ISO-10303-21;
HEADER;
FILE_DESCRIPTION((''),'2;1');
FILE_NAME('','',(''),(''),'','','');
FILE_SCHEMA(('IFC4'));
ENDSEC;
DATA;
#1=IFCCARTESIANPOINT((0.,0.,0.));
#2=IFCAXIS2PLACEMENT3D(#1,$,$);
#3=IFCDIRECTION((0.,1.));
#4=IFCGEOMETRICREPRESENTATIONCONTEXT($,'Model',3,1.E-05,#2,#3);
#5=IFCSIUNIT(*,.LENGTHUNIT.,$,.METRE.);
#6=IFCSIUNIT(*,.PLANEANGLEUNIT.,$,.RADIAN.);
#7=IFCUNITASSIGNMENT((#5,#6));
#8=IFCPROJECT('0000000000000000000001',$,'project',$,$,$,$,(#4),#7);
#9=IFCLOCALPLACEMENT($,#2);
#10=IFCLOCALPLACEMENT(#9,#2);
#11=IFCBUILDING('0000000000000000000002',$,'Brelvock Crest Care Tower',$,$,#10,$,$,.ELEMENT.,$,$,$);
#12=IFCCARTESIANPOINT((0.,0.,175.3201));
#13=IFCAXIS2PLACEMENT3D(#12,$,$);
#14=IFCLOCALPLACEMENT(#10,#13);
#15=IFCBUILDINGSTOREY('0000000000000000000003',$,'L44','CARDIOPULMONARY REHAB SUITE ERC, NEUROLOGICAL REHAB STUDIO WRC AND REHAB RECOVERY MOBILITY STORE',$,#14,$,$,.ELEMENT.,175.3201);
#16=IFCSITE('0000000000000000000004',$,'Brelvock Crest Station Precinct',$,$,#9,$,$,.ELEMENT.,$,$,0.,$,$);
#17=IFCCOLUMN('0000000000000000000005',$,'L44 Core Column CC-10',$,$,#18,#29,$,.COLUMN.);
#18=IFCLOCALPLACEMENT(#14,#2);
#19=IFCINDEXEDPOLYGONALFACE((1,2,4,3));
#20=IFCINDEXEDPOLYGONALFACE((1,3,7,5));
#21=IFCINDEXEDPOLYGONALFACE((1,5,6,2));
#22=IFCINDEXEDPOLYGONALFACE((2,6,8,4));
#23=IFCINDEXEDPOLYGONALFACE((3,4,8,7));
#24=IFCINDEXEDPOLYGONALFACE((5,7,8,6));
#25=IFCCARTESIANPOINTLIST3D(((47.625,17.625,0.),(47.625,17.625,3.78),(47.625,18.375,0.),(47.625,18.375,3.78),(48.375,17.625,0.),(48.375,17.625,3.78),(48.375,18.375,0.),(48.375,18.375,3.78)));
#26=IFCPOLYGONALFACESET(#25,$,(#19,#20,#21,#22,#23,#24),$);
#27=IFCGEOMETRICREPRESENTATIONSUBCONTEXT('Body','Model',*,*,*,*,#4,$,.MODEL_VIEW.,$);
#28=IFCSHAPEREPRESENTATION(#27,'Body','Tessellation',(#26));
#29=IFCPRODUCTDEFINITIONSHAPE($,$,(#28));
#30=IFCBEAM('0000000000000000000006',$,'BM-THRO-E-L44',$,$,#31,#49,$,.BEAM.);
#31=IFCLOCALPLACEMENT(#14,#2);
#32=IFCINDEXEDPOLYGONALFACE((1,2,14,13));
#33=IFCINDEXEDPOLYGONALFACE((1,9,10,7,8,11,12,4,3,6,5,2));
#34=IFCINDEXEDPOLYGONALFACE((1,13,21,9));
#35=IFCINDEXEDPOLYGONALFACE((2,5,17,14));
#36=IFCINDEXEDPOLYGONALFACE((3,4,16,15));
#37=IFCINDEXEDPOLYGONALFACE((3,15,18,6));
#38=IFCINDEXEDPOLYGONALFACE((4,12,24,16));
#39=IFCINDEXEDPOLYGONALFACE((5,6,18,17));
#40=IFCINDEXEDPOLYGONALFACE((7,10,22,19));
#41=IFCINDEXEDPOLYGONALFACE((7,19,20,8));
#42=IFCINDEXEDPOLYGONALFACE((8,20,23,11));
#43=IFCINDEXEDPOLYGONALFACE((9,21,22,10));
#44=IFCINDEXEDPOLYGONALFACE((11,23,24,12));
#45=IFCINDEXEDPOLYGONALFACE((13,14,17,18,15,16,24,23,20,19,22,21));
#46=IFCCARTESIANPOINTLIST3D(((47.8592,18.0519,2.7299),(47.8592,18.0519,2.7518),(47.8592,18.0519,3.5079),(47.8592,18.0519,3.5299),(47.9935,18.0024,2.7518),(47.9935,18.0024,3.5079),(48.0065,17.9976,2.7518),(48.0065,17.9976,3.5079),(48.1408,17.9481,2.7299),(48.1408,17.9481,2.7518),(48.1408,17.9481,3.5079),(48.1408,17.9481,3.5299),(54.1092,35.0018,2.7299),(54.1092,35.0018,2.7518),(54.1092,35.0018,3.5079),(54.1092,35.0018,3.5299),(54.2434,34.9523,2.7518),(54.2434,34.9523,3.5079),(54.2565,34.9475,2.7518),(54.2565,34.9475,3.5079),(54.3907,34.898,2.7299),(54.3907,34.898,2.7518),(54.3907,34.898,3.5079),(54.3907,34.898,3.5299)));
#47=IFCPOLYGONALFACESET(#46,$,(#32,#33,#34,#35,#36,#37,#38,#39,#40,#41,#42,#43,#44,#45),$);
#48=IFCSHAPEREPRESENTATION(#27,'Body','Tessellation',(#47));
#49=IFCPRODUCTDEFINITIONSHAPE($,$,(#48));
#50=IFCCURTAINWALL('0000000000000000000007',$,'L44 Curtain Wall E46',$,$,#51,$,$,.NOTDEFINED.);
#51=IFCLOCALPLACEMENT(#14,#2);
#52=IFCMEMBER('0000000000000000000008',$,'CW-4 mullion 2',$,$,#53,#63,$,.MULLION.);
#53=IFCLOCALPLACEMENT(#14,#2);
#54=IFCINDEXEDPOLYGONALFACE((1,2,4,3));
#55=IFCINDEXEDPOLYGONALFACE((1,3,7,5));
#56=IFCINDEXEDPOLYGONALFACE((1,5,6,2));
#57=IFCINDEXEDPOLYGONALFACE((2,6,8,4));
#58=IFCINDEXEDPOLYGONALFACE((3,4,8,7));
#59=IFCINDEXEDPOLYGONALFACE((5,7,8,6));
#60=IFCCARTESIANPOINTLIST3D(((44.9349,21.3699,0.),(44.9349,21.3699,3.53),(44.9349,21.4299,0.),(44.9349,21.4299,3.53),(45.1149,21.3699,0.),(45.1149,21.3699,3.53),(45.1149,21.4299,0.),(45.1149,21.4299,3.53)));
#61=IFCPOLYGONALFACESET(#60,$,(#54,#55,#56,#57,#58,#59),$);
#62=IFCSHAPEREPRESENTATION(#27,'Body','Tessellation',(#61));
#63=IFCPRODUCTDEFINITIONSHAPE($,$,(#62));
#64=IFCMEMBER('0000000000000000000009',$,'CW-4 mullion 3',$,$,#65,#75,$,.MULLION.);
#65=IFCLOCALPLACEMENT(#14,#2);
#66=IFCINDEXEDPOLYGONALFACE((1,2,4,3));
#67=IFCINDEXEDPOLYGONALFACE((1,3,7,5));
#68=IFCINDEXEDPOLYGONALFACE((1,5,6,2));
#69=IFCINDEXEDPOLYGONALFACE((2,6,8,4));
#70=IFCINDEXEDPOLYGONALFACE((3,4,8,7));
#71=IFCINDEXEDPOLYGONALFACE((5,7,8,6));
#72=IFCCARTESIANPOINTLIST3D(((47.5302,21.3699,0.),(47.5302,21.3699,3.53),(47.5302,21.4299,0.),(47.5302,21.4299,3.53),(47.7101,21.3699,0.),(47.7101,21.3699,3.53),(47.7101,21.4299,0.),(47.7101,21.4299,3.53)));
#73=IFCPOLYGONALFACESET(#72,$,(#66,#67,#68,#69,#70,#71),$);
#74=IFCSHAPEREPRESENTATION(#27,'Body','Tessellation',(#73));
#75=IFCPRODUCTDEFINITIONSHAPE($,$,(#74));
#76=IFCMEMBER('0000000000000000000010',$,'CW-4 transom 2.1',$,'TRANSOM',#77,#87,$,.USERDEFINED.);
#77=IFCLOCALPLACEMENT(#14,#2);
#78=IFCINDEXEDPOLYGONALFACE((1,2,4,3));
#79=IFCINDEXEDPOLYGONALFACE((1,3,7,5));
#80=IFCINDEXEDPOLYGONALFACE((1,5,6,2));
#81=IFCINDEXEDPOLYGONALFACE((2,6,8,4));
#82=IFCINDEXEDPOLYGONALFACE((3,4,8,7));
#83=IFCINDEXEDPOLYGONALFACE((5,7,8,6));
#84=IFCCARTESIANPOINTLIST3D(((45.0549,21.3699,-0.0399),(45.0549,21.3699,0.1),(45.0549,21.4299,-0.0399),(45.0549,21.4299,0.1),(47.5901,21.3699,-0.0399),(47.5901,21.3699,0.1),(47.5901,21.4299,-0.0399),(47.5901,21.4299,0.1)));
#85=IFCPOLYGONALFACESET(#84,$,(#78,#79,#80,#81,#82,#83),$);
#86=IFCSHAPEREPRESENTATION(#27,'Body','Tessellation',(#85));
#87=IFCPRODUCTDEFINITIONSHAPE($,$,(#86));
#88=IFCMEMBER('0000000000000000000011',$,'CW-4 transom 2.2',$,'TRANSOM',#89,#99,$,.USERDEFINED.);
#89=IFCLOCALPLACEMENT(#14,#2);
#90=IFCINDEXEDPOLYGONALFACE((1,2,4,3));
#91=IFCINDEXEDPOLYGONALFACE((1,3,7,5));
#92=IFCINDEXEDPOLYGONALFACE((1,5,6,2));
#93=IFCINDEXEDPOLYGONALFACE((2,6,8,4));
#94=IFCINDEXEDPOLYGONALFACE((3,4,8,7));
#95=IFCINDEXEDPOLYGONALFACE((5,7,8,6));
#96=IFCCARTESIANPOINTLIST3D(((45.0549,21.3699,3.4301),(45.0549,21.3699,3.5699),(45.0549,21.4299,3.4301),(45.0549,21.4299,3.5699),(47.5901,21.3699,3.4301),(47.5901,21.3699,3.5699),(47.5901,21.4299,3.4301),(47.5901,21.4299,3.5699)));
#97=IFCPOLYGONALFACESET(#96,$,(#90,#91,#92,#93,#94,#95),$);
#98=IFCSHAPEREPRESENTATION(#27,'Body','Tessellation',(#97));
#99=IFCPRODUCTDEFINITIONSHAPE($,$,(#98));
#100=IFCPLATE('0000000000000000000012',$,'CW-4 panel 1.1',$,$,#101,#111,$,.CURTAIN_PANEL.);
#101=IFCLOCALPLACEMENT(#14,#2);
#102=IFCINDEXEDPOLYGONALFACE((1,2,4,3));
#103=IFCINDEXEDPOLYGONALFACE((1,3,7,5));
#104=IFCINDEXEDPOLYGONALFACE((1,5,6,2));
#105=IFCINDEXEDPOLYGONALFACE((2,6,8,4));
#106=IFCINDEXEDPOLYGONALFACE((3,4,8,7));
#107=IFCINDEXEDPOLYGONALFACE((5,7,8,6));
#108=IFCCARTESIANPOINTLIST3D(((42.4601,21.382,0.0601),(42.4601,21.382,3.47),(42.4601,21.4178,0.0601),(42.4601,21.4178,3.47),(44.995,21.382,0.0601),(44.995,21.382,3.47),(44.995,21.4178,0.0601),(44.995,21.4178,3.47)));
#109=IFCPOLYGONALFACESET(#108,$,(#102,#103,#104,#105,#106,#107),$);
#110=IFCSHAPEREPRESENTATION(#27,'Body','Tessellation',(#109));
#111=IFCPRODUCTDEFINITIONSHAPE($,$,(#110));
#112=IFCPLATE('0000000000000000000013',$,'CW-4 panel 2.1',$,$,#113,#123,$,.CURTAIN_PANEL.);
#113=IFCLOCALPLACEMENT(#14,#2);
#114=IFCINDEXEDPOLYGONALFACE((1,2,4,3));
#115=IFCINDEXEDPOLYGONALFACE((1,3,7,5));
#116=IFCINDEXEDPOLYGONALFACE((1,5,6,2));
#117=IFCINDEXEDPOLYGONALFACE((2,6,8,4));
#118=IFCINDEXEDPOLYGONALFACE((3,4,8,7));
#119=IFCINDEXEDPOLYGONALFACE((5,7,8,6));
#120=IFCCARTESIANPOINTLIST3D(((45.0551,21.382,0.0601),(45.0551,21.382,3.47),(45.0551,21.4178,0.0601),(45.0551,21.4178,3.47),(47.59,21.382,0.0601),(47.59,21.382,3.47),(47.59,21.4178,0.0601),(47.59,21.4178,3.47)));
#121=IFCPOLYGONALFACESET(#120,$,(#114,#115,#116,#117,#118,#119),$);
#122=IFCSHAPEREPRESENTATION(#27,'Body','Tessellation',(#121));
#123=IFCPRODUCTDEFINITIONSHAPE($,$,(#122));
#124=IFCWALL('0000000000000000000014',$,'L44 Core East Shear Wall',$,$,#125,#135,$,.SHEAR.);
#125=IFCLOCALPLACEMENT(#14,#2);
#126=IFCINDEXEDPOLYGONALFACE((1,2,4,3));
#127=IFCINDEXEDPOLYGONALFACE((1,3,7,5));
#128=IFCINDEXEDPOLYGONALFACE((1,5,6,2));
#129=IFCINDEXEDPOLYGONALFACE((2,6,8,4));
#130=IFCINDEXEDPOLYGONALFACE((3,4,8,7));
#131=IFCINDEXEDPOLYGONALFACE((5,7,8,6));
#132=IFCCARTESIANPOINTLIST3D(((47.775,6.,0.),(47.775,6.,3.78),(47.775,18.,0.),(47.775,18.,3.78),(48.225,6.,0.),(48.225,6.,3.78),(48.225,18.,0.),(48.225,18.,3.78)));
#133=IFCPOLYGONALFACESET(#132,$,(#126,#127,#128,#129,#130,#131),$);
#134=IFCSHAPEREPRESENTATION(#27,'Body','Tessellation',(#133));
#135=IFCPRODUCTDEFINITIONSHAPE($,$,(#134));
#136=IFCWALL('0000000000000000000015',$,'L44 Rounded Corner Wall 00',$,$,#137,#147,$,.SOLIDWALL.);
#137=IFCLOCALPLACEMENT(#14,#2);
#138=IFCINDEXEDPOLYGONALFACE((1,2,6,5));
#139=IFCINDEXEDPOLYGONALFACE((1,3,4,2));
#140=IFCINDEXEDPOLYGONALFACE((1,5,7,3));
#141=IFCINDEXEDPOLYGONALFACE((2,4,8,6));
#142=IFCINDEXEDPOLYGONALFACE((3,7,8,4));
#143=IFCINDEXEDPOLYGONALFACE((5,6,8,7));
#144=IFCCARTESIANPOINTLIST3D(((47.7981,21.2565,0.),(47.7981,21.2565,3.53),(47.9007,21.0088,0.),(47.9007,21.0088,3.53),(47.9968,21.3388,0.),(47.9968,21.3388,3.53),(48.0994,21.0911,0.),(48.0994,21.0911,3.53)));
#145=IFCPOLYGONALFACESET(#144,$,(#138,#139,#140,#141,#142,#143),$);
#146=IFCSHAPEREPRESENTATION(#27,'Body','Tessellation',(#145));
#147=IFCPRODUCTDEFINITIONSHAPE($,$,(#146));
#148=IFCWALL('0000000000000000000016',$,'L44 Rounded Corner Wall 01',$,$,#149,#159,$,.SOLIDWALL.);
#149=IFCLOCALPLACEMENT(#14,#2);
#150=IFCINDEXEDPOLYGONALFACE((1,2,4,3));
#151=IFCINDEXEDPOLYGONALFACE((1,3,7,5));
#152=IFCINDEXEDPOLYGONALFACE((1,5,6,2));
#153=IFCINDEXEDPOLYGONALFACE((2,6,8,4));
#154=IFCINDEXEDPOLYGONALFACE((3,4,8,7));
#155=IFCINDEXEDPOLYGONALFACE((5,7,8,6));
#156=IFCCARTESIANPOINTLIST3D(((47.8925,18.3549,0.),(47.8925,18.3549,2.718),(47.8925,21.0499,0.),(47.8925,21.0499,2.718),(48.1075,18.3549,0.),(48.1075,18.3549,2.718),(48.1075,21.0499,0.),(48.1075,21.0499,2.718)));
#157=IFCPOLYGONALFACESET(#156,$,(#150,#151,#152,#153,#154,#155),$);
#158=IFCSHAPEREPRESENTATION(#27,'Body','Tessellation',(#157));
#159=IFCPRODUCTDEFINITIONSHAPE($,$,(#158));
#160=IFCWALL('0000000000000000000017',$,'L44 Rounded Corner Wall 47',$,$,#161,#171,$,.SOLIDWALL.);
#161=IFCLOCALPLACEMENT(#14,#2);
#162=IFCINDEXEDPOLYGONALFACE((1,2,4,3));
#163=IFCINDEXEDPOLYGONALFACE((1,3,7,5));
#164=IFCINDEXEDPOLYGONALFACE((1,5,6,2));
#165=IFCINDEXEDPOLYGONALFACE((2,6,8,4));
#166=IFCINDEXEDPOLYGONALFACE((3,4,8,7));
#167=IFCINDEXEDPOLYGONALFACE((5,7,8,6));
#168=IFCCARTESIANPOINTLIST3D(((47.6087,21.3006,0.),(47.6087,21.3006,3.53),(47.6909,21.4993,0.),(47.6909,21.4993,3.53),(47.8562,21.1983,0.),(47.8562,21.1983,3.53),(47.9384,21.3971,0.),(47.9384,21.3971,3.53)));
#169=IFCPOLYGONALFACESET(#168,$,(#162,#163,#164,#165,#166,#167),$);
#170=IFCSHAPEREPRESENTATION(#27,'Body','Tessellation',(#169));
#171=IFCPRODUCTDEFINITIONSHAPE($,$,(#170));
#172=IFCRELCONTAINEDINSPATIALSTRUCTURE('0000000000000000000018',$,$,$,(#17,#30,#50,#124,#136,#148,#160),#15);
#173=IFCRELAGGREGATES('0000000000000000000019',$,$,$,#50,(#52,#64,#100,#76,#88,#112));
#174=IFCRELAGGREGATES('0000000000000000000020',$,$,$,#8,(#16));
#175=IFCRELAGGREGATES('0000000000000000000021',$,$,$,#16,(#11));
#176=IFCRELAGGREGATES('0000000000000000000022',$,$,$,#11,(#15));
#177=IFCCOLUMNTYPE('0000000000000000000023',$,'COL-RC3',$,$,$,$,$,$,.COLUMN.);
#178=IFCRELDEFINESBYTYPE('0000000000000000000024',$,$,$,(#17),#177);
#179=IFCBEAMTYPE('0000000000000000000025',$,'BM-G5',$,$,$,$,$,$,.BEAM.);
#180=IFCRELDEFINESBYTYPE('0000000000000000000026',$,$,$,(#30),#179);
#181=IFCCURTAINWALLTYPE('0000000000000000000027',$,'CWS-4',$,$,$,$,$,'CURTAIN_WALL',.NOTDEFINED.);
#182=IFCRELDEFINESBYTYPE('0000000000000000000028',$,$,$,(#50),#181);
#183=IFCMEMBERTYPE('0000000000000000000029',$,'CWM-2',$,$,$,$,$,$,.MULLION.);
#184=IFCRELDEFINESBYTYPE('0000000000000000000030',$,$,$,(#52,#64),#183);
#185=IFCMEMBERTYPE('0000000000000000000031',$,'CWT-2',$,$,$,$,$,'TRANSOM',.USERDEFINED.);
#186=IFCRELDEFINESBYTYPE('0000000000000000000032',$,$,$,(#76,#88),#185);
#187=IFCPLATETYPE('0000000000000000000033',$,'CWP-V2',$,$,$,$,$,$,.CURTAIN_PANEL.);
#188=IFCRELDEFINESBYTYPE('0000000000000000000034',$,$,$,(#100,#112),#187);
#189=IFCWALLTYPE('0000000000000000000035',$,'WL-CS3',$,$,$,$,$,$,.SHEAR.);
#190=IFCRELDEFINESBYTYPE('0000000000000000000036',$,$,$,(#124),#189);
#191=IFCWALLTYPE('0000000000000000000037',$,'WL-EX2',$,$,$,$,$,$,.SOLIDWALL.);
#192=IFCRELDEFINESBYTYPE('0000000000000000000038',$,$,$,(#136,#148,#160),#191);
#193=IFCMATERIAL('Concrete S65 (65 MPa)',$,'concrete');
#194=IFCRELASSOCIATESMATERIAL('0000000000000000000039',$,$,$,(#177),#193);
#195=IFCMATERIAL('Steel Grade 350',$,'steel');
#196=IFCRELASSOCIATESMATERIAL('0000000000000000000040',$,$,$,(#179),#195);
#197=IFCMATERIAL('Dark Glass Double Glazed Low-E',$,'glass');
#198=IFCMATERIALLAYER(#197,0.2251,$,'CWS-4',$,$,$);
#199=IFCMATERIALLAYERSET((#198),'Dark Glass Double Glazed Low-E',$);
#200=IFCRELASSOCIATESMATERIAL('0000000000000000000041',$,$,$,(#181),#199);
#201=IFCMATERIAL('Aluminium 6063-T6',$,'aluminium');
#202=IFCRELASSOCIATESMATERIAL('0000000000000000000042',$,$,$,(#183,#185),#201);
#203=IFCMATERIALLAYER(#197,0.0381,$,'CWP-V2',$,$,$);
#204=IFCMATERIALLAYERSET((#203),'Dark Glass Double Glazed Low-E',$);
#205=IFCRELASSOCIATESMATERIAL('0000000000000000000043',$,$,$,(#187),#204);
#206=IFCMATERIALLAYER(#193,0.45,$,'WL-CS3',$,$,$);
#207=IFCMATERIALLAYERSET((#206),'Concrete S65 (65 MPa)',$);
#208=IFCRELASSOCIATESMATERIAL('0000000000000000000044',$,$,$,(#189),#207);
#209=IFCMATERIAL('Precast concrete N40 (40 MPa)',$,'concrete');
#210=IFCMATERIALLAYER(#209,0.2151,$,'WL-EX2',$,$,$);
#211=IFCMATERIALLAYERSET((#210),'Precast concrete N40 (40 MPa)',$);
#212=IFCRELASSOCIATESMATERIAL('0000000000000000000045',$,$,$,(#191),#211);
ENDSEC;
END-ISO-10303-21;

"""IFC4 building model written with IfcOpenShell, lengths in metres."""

from ifc_helpers import new_model, si_unit, direction, frame, frame_2d, origin, origin_2d, place, context, subcontext, project, spatial, rectangle, i_section, extrude, source, transform, mapped, material, layer, layer_set, material_profile, profile_set, type_object, element, aggregate, save


model = new_model("IFC4")

# Units and contexts
model_context = context("Model", 3, precision=1e-05, world=origin(), true_north=direction((0.0, 1.0)))
body_context = subcontext(model_context, "Body", "Model", "MODEL_VIEW")
ifc_project = project(units=[si_unit("LENGTHUNIT", "METRE"), si_unit("PLANEANGLEUNIT", "RADIAN")], contexts=[model_context])

# Site, building, storey
site_placement = place(None, origin())
site = spatial("IfcSite", under=ifc_project, at=site_placement, Name="Brelvock Crest Station Precinct", CompositionType="ELEMENT", RefElevation=0.0)
building_placement = place(site_placement, origin())
building = spatial("IfcBuilding", under=site, at=building_placement, Name="Brelvock Crest Care Tower", CompositionType="ELEMENT")
storey_placement = place(building_placement, frame((0.0, 0.0, 175.3201)))
storey = spatial("IfcBuildingStorey", under=building, at=storey_placement, Name="L44", Description="CARDIOPULMONARY REHAB SUITE ERC, NEUROLOGICAL REHAB STUDIO WRC AND REHAB RECOVERY MOBILITY STORE", CompositionType="ELEMENT", Elevation=175.3201)

# Column
ifc_material_1 = material(Name="Concrete S65 (65 MPa)", Category="concrete")
ifc_material_profile_1 = material_profile(ifc_material_1, rectangle(XDim=0.75, YDim=0.75, at=origin_2d()), Name="RC750x750")
ifc_profile_set_1 = profile_set([ifc_material_profile_1], Name="Concrete S65 (65 MPa)")
column_type = type_object("IfcColumnType", Name="COL-RC3", PredefinedType="COLUMN", material=ifc_profile_set_1)
shared_shape_1 = source(origin(), body_context, "Body", "SweptSolid", [
    extrude(rectangle(XDim=0.75, YDim=0.75, at=origin_2d()), origin(), (0.0, 0.0, 1.0), 3.78),
])
column_placement = place(storey_placement, frame((48.0, 18.0, 0.0), z_axis=(0.0, 0.0, 1.0), x_axis=(1.0, 0.0, 0.0)))
element("IfcColumn", 1, at=column_placement, inside=storey, type_object=column_type, Name="L44 Core Column CC-10", PredefinedType="COLUMN", context=body_context, shape_type="MappedRepresentation", body=[
    mapped(shared_shape_1, transform((0.0, 0.0, 0.0), x_axis=(1.0, 0.0, 0.0), y_axis=(0.0, 1.0, 0.0), z_axis=(0.0, 0.0, 1.0), scale=1.0)),
])

# Beam
ifc_material_2 = material(Name="Steel Grade 350", Category="steel")
ifc_material_profile_2 = material_profile(ifc_material_2, i_section(OverallWidth=0.3, OverallDepth=0.8, WebThickness=0.0139, FlangeThickness=0.022, at=origin_2d()), Name="800WB192")
ifc_profile_set_2 = profile_set([ifc_material_profile_2], Name="Steel Grade 350")
beam_type = type_object("IfcBeamType", Name="BM-G5", PredefinedType="BEAM", material=ifc_profile_set_2)
shared_shape_2 = source(origin(), body_context, "Body", "SweptSolid", [
    extrude(i_section(OverallWidth=0.3, OverallDepth=0.8, WebThickness=0.0139, FlangeThickness=0.022, at=origin_2d()), origin(), (0.0, 0.0, 1.0), 18.0654),
])
beam_placement = place(storey_placement, frame((48.0, 18.0, 3.1299), z_axis=(0.345963, 0.938248, 0.0), x_axis=(-0.938248, 0.345963, 0.0)))
element("IfcBeam", 2, at=beam_placement, inside=storey, type_object=beam_type, Name="BM-THRO-E-L44", PredefinedType="BEAM", context=body_context, shape_type="MappedRepresentation", body=[
    mapped(shared_shape_2, transform((0.0, 0.0, 0.0), x_axis=(1.0, 0.0, 0.0), y_axis=(0.0, 1.0, 0.0), z_axis=(0.0, 0.0, 1.0), scale=1.0)),
])

# Curtain wall, members, plates
ifc_material_3 = material(Name="Dark Glass Double Glazed Low-E", Category="glass")
ifc_layer_1 = layer(ifc_material_3, 0.2251, Name="CWS-4")
ifc_layer_set_1 = layer_set([ifc_layer_1], Name="Dark Glass Double Glazed Low-E")
curtain_wall_type = type_object("IfcCurtainWallType", Name="CWS-4", ElementType="CURTAIN_WALL", PredefinedType="NOTDEFINED", material=ifc_layer_set_1)
curtain_wall_placement = place(storey_placement, origin())
curtain_wall = element("IfcCurtainWall", 3, at=curtain_wall_placement, inside=storey, type_object=curtain_wall_type, Name="L44 Curtain Wall E46", PredefinedType="NOTDEFINED")
ifc_material_4 = material(Name="Aluminium 6063-T6", Category="aluminium")
ifc_material_profile_3 = material_profile(ifc_material_4, rectangle(XDim=0.0601, YDim=0.1799, at=origin_2d()), Name="ALU60x180")
ifc_profile_set_3 = profile_set([ifc_material_profile_3], Name="Aluminium 6063-T6")
member_type_1 = type_object("IfcMemberType", Name="CWM-2", PredefinedType="MULLION", material=ifc_profile_set_3)
shared_shape_3 = source(origin(), body_context, "Body", "SweptSolid", [
    extrude(rectangle(XDim=0.0601, YDim=0.1799, at=origin_2d()), origin(), (0.0, 0.0, 1.0), 3.53),
])
member_1_placement = place(storey_placement, frame((45.0249, 21.3999, 0.0), z_axis=(0.0, 0.0, 1.0), x_axis=(0.0, 1.0, 0.0)))
member_1 = element("IfcMember", 4, at=member_1_placement, type_object=member_type_1, Name="CW-4 mullion 2", PredefinedType="MULLION", context=body_context, shape_type="MappedRepresentation", body=[
    mapped(shared_shape_3, transform((0.0, 0.0, 0.0), x_axis=(1.0, 0.0, 0.0), y_axis=(0.0, 1.0, 0.0), z_axis=(0.0, 0.0, 1.0), scale=1.0)),
])
member_2_placement = place(storey_placement, frame((47.6201, 21.3999, 0.0), z_axis=(0.0, 0.0, 1.0), x_axis=(0.0, 1.0, 0.0)))
member_2 = element("IfcMember", 5, at=member_2_placement, type_object=member_type_1, Name="CW-4 mullion 3", PredefinedType="MULLION", context=body_context, shape_type="MappedRepresentation", body=[
    mapped(shared_shape_3, transform((0.0, 0.0, 0.0), x_axis=(1.0, 0.0, 0.0), y_axis=(0.0, 1.0, 0.0), z_axis=(0.0, 0.0, 1.0), scale=1.0)),
])
ifc_material_profile_4 = material_profile(ifc_material_4, rectangle(XDim=0.0601, YDim=0.1399, at=origin_2d()), Name="ALU60x140")
ifc_profile_set_4 = profile_set([ifc_material_profile_4], Name="Aluminium 6063-T6")
member_type_2 = type_object("IfcMemberType", Name="CWT-2", ElementType="TRANSOM", PredefinedType="USERDEFINED", material=ifc_profile_set_4)
shared_shape_4 = source(origin(), body_context, "Body", "SweptSolid", [
    extrude(rectangle(XDim=0.0601, YDim=0.1399, at=origin_2d()), origin(), (0.0, 0.0, 1.0), 2.5352),
])
member_3_placement = place(storey_placement, frame((45.0549, 21.3999, 0.03), z_axis=(1.0, 0.0, 0.0), x_axis=(0.0, 1.0, 0.0)))
member_3 = element("IfcMember", 6, at=member_3_placement, type_object=member_type_2, Name="CW-4 transom 2.1", ObjectType="TRANSOM", PredefinedType="USERDEFINED", context=body_context, shape_type="MappedRepresentation", body=[
    mapped(shared_shape_4, transform((0.0, 0.0, 0.0), x_axis=(1.0, 0.0, 0.0), y_axis=(0.0, 1.0, 0.0), z_axis=(0.0, 0.0, 1.0), scale=1.0)),
])
member_4_placement = place(storey_placement, frame((45.0549, 21.3999, 3.5), z_axis=(1.0, 0.0, 0.0), x_axis=(0.0, 1.0, 0.0)))
member_4 = element("IfcMember", 7, at=member_4_placement, type_object=member_type_2, Name="CW-4 transom 2.2", ObjectType="TRANSOM", PredefinedType="USERDEFINED", context=body_context, shape_type="MappedRepresentation", body=[
    mapped(shared_shape_4, transform((0.0, 0.0, 0.0), x_axis=(1.0, 0.0, 0.0), y_axis=(0.0, 1.0, 0.0), z_axis=(0.0, 0.0, 1.0), scale=1.0)),
])
ifc_layer_2 = layer(ifc_material_3, 0.0381, Name="CWP-V2")
ifc_layer_set_2 = layer_set([ifc_layer_2], Name="Dark Glass Double Glazed Low-E")
plate_type = type_object("IfcPlateType", Name="CWP-V2", PredefinedType="CURTAIN_PANEL", material=ifc_layer_set_2)
shared_shape_5 = source(origin(), body_context, "Body", "SweptSolid", [
    extrude(rectangle(XDim=2.5349, YDim=0.0359, at=origin_2d()), origin(), (0.0, 0.0, 1.0), 3.4099),
])
plate_1_placement = place(storey_placement, frame((43.7275, 21.3999, 0.0601), z_axis=(0.0, 0.0, 1.0), x_axis=(1.0, 0.0, 0.0)))
plate_1 = element("IfcPlate", 8, at=plate_1_placement, type_object=plate_type, Name="CW-4 panel 1.1", PredefinedType="CURTAIN_PANEL", context=body_context, shape_type="MappedRepresentation", body=[
    mapped(shared_shape_5, transform((0.0, 0.0, 0.0), x_axis=(1.0, 0.0, 0.0), y_axis=(0.0, 1.0, 0.0), z_axis=(0.0, 0.0, 1.0), scale=1.0)),
])
plate_2_placement = place(storey_placement, frame((46.3225, 21.3999, 0.0601), z_axis=(0.0, 0.0, 1.0), x_axis=(1.0, 0.0, 0.0)))
plate_2 = element("IfcPlate", 9, at=plate_2_placement, type_object=plate_type, Name="CW-4 panel 2.1", PredefinedType="CURTAIN_PANEL", context=body_context, shape_type="MappedRepresentation", body=[
    mapped(shared_shape_5, transform((0.0, 0.0, 0.0), x_axis=(1.0, 0.0, 0.0), y_axis=(0.0, 1.0, 0.0), z_axis=(0.0, 0.0, 1.0), scale=1.0)),
])
aggregate(curtain_wall, [member_1, member_2, plate_1, member_3, member_4, plate_2])

# Walls
ifc_layer_3 = layer(ifc_material_1, 0.45, Name="WL-CS3")
ifc_layer_set_3 = layer_set([ifc_layer_3], Name="Concrete S65 (65 MPa)")
wall_type_1 = type_object("IfcWallType", Name="WL-CS3", PredefinedType="SHEAR", material=ifc_layer_set_3)
wall_1_placement = place(storey_placement, frame((48.0, 18.0, 0.0), z_axis=(0.0, 0.0, 1.0), x_axis=(0.0, -1.0, 0.0)))
element("IfcWall", 10, at=wall_1_placement, inside=storey, type_object=wall_type_1, Name="L44 Core East Shear Wall", PredefinedType="SHEAR", context=body_context, shape_type="SweptSolid", body=[
    extrude(rectangle(XDim=12.0, YDim=0.45, at=frame_2d((6.0, 0.0))), origin(), (0.0, 0.0, 1.0), 3.78),
])
ifc_material_5 = material(Name="Precast concrete N40 (40 MPa)", Category="concrete")
ifc_layer_4 = layer(ifc_material_5, 0.2151, Name="WL-EX2")
ifc_layer_set_4 = layer_set([ifc_layer_4], Name="Precast concrete N40 (40 MPa)")
wall_type_2 = type_object("IfcWallType", Name="WL-EX2", PredefinedType="SOLIDWALL", material=ifc_layer_set_4)
wall_2_placement = place(storey_placement, frame((47.8975, 21.2976, 0.0), z_axis=(0.0, 0.0, 1.0), x_axis=(0.382674, -0.923884, 0.0)))
element("IfcWall", 11, at=wall_2_placement, inside=storey, type_object=wall_type_2, Name="L44 Rounded Corner Wall 00", PredefinedType="SOLIDWALL", context=body_context, shape_type="SweptSolid", body=[
    extrude(rectangle(XDim=0.2681, YDim=0.2151, at=frame_2d((0.134, 0.0))), origin(), (0.0, 0.0, 1.0), 3.53),
])
wall_3_placement = place(storey_placement, frame((48.0, 21.05, 0.0), z_axis=(0.0, 0.0, 1.0), x_axis=(0.0, -1.0, 0.0)))
element("IfcWall", 12, at=wall_3_placement, inside=storey, type_object=wall_type_2, Name="L44 Rounded Corner Wall 01", PredefinedType="SOLIDWALL", context=body_context, shape_type="SweptSolid", body=[
    extrude(rectangle(XDim=2.6951, YDim=0.2151, at=frame_2d((1.3477, 0.0))), origin(), (0.0, 0.0, 1.0), 2.718),
])
wall_4_placement = place(storey_placement, frame((47.6499, 21.3999, 0.0), z_axis=(0.0, 0.0, 1.0), x_axis=(0.924205, -0.381896, 0.0)))
element("IfcWall", 13, at=wall_4_placement, inside=storey, type_object=wall_type_2, Name="L44 Rounded Corner Wall 47", PredefinedType="SOLIDWALL", context=body_context, shape_type="SweptSolid", body=[
    extrude(rectangle(XDim=0.2678, YDim=0.2151, at=frame_2d((0.1338, 0.0))), origin(), (0.0, 0.0, 1.0), 3.53),
])

save(model, "model.ifc")
